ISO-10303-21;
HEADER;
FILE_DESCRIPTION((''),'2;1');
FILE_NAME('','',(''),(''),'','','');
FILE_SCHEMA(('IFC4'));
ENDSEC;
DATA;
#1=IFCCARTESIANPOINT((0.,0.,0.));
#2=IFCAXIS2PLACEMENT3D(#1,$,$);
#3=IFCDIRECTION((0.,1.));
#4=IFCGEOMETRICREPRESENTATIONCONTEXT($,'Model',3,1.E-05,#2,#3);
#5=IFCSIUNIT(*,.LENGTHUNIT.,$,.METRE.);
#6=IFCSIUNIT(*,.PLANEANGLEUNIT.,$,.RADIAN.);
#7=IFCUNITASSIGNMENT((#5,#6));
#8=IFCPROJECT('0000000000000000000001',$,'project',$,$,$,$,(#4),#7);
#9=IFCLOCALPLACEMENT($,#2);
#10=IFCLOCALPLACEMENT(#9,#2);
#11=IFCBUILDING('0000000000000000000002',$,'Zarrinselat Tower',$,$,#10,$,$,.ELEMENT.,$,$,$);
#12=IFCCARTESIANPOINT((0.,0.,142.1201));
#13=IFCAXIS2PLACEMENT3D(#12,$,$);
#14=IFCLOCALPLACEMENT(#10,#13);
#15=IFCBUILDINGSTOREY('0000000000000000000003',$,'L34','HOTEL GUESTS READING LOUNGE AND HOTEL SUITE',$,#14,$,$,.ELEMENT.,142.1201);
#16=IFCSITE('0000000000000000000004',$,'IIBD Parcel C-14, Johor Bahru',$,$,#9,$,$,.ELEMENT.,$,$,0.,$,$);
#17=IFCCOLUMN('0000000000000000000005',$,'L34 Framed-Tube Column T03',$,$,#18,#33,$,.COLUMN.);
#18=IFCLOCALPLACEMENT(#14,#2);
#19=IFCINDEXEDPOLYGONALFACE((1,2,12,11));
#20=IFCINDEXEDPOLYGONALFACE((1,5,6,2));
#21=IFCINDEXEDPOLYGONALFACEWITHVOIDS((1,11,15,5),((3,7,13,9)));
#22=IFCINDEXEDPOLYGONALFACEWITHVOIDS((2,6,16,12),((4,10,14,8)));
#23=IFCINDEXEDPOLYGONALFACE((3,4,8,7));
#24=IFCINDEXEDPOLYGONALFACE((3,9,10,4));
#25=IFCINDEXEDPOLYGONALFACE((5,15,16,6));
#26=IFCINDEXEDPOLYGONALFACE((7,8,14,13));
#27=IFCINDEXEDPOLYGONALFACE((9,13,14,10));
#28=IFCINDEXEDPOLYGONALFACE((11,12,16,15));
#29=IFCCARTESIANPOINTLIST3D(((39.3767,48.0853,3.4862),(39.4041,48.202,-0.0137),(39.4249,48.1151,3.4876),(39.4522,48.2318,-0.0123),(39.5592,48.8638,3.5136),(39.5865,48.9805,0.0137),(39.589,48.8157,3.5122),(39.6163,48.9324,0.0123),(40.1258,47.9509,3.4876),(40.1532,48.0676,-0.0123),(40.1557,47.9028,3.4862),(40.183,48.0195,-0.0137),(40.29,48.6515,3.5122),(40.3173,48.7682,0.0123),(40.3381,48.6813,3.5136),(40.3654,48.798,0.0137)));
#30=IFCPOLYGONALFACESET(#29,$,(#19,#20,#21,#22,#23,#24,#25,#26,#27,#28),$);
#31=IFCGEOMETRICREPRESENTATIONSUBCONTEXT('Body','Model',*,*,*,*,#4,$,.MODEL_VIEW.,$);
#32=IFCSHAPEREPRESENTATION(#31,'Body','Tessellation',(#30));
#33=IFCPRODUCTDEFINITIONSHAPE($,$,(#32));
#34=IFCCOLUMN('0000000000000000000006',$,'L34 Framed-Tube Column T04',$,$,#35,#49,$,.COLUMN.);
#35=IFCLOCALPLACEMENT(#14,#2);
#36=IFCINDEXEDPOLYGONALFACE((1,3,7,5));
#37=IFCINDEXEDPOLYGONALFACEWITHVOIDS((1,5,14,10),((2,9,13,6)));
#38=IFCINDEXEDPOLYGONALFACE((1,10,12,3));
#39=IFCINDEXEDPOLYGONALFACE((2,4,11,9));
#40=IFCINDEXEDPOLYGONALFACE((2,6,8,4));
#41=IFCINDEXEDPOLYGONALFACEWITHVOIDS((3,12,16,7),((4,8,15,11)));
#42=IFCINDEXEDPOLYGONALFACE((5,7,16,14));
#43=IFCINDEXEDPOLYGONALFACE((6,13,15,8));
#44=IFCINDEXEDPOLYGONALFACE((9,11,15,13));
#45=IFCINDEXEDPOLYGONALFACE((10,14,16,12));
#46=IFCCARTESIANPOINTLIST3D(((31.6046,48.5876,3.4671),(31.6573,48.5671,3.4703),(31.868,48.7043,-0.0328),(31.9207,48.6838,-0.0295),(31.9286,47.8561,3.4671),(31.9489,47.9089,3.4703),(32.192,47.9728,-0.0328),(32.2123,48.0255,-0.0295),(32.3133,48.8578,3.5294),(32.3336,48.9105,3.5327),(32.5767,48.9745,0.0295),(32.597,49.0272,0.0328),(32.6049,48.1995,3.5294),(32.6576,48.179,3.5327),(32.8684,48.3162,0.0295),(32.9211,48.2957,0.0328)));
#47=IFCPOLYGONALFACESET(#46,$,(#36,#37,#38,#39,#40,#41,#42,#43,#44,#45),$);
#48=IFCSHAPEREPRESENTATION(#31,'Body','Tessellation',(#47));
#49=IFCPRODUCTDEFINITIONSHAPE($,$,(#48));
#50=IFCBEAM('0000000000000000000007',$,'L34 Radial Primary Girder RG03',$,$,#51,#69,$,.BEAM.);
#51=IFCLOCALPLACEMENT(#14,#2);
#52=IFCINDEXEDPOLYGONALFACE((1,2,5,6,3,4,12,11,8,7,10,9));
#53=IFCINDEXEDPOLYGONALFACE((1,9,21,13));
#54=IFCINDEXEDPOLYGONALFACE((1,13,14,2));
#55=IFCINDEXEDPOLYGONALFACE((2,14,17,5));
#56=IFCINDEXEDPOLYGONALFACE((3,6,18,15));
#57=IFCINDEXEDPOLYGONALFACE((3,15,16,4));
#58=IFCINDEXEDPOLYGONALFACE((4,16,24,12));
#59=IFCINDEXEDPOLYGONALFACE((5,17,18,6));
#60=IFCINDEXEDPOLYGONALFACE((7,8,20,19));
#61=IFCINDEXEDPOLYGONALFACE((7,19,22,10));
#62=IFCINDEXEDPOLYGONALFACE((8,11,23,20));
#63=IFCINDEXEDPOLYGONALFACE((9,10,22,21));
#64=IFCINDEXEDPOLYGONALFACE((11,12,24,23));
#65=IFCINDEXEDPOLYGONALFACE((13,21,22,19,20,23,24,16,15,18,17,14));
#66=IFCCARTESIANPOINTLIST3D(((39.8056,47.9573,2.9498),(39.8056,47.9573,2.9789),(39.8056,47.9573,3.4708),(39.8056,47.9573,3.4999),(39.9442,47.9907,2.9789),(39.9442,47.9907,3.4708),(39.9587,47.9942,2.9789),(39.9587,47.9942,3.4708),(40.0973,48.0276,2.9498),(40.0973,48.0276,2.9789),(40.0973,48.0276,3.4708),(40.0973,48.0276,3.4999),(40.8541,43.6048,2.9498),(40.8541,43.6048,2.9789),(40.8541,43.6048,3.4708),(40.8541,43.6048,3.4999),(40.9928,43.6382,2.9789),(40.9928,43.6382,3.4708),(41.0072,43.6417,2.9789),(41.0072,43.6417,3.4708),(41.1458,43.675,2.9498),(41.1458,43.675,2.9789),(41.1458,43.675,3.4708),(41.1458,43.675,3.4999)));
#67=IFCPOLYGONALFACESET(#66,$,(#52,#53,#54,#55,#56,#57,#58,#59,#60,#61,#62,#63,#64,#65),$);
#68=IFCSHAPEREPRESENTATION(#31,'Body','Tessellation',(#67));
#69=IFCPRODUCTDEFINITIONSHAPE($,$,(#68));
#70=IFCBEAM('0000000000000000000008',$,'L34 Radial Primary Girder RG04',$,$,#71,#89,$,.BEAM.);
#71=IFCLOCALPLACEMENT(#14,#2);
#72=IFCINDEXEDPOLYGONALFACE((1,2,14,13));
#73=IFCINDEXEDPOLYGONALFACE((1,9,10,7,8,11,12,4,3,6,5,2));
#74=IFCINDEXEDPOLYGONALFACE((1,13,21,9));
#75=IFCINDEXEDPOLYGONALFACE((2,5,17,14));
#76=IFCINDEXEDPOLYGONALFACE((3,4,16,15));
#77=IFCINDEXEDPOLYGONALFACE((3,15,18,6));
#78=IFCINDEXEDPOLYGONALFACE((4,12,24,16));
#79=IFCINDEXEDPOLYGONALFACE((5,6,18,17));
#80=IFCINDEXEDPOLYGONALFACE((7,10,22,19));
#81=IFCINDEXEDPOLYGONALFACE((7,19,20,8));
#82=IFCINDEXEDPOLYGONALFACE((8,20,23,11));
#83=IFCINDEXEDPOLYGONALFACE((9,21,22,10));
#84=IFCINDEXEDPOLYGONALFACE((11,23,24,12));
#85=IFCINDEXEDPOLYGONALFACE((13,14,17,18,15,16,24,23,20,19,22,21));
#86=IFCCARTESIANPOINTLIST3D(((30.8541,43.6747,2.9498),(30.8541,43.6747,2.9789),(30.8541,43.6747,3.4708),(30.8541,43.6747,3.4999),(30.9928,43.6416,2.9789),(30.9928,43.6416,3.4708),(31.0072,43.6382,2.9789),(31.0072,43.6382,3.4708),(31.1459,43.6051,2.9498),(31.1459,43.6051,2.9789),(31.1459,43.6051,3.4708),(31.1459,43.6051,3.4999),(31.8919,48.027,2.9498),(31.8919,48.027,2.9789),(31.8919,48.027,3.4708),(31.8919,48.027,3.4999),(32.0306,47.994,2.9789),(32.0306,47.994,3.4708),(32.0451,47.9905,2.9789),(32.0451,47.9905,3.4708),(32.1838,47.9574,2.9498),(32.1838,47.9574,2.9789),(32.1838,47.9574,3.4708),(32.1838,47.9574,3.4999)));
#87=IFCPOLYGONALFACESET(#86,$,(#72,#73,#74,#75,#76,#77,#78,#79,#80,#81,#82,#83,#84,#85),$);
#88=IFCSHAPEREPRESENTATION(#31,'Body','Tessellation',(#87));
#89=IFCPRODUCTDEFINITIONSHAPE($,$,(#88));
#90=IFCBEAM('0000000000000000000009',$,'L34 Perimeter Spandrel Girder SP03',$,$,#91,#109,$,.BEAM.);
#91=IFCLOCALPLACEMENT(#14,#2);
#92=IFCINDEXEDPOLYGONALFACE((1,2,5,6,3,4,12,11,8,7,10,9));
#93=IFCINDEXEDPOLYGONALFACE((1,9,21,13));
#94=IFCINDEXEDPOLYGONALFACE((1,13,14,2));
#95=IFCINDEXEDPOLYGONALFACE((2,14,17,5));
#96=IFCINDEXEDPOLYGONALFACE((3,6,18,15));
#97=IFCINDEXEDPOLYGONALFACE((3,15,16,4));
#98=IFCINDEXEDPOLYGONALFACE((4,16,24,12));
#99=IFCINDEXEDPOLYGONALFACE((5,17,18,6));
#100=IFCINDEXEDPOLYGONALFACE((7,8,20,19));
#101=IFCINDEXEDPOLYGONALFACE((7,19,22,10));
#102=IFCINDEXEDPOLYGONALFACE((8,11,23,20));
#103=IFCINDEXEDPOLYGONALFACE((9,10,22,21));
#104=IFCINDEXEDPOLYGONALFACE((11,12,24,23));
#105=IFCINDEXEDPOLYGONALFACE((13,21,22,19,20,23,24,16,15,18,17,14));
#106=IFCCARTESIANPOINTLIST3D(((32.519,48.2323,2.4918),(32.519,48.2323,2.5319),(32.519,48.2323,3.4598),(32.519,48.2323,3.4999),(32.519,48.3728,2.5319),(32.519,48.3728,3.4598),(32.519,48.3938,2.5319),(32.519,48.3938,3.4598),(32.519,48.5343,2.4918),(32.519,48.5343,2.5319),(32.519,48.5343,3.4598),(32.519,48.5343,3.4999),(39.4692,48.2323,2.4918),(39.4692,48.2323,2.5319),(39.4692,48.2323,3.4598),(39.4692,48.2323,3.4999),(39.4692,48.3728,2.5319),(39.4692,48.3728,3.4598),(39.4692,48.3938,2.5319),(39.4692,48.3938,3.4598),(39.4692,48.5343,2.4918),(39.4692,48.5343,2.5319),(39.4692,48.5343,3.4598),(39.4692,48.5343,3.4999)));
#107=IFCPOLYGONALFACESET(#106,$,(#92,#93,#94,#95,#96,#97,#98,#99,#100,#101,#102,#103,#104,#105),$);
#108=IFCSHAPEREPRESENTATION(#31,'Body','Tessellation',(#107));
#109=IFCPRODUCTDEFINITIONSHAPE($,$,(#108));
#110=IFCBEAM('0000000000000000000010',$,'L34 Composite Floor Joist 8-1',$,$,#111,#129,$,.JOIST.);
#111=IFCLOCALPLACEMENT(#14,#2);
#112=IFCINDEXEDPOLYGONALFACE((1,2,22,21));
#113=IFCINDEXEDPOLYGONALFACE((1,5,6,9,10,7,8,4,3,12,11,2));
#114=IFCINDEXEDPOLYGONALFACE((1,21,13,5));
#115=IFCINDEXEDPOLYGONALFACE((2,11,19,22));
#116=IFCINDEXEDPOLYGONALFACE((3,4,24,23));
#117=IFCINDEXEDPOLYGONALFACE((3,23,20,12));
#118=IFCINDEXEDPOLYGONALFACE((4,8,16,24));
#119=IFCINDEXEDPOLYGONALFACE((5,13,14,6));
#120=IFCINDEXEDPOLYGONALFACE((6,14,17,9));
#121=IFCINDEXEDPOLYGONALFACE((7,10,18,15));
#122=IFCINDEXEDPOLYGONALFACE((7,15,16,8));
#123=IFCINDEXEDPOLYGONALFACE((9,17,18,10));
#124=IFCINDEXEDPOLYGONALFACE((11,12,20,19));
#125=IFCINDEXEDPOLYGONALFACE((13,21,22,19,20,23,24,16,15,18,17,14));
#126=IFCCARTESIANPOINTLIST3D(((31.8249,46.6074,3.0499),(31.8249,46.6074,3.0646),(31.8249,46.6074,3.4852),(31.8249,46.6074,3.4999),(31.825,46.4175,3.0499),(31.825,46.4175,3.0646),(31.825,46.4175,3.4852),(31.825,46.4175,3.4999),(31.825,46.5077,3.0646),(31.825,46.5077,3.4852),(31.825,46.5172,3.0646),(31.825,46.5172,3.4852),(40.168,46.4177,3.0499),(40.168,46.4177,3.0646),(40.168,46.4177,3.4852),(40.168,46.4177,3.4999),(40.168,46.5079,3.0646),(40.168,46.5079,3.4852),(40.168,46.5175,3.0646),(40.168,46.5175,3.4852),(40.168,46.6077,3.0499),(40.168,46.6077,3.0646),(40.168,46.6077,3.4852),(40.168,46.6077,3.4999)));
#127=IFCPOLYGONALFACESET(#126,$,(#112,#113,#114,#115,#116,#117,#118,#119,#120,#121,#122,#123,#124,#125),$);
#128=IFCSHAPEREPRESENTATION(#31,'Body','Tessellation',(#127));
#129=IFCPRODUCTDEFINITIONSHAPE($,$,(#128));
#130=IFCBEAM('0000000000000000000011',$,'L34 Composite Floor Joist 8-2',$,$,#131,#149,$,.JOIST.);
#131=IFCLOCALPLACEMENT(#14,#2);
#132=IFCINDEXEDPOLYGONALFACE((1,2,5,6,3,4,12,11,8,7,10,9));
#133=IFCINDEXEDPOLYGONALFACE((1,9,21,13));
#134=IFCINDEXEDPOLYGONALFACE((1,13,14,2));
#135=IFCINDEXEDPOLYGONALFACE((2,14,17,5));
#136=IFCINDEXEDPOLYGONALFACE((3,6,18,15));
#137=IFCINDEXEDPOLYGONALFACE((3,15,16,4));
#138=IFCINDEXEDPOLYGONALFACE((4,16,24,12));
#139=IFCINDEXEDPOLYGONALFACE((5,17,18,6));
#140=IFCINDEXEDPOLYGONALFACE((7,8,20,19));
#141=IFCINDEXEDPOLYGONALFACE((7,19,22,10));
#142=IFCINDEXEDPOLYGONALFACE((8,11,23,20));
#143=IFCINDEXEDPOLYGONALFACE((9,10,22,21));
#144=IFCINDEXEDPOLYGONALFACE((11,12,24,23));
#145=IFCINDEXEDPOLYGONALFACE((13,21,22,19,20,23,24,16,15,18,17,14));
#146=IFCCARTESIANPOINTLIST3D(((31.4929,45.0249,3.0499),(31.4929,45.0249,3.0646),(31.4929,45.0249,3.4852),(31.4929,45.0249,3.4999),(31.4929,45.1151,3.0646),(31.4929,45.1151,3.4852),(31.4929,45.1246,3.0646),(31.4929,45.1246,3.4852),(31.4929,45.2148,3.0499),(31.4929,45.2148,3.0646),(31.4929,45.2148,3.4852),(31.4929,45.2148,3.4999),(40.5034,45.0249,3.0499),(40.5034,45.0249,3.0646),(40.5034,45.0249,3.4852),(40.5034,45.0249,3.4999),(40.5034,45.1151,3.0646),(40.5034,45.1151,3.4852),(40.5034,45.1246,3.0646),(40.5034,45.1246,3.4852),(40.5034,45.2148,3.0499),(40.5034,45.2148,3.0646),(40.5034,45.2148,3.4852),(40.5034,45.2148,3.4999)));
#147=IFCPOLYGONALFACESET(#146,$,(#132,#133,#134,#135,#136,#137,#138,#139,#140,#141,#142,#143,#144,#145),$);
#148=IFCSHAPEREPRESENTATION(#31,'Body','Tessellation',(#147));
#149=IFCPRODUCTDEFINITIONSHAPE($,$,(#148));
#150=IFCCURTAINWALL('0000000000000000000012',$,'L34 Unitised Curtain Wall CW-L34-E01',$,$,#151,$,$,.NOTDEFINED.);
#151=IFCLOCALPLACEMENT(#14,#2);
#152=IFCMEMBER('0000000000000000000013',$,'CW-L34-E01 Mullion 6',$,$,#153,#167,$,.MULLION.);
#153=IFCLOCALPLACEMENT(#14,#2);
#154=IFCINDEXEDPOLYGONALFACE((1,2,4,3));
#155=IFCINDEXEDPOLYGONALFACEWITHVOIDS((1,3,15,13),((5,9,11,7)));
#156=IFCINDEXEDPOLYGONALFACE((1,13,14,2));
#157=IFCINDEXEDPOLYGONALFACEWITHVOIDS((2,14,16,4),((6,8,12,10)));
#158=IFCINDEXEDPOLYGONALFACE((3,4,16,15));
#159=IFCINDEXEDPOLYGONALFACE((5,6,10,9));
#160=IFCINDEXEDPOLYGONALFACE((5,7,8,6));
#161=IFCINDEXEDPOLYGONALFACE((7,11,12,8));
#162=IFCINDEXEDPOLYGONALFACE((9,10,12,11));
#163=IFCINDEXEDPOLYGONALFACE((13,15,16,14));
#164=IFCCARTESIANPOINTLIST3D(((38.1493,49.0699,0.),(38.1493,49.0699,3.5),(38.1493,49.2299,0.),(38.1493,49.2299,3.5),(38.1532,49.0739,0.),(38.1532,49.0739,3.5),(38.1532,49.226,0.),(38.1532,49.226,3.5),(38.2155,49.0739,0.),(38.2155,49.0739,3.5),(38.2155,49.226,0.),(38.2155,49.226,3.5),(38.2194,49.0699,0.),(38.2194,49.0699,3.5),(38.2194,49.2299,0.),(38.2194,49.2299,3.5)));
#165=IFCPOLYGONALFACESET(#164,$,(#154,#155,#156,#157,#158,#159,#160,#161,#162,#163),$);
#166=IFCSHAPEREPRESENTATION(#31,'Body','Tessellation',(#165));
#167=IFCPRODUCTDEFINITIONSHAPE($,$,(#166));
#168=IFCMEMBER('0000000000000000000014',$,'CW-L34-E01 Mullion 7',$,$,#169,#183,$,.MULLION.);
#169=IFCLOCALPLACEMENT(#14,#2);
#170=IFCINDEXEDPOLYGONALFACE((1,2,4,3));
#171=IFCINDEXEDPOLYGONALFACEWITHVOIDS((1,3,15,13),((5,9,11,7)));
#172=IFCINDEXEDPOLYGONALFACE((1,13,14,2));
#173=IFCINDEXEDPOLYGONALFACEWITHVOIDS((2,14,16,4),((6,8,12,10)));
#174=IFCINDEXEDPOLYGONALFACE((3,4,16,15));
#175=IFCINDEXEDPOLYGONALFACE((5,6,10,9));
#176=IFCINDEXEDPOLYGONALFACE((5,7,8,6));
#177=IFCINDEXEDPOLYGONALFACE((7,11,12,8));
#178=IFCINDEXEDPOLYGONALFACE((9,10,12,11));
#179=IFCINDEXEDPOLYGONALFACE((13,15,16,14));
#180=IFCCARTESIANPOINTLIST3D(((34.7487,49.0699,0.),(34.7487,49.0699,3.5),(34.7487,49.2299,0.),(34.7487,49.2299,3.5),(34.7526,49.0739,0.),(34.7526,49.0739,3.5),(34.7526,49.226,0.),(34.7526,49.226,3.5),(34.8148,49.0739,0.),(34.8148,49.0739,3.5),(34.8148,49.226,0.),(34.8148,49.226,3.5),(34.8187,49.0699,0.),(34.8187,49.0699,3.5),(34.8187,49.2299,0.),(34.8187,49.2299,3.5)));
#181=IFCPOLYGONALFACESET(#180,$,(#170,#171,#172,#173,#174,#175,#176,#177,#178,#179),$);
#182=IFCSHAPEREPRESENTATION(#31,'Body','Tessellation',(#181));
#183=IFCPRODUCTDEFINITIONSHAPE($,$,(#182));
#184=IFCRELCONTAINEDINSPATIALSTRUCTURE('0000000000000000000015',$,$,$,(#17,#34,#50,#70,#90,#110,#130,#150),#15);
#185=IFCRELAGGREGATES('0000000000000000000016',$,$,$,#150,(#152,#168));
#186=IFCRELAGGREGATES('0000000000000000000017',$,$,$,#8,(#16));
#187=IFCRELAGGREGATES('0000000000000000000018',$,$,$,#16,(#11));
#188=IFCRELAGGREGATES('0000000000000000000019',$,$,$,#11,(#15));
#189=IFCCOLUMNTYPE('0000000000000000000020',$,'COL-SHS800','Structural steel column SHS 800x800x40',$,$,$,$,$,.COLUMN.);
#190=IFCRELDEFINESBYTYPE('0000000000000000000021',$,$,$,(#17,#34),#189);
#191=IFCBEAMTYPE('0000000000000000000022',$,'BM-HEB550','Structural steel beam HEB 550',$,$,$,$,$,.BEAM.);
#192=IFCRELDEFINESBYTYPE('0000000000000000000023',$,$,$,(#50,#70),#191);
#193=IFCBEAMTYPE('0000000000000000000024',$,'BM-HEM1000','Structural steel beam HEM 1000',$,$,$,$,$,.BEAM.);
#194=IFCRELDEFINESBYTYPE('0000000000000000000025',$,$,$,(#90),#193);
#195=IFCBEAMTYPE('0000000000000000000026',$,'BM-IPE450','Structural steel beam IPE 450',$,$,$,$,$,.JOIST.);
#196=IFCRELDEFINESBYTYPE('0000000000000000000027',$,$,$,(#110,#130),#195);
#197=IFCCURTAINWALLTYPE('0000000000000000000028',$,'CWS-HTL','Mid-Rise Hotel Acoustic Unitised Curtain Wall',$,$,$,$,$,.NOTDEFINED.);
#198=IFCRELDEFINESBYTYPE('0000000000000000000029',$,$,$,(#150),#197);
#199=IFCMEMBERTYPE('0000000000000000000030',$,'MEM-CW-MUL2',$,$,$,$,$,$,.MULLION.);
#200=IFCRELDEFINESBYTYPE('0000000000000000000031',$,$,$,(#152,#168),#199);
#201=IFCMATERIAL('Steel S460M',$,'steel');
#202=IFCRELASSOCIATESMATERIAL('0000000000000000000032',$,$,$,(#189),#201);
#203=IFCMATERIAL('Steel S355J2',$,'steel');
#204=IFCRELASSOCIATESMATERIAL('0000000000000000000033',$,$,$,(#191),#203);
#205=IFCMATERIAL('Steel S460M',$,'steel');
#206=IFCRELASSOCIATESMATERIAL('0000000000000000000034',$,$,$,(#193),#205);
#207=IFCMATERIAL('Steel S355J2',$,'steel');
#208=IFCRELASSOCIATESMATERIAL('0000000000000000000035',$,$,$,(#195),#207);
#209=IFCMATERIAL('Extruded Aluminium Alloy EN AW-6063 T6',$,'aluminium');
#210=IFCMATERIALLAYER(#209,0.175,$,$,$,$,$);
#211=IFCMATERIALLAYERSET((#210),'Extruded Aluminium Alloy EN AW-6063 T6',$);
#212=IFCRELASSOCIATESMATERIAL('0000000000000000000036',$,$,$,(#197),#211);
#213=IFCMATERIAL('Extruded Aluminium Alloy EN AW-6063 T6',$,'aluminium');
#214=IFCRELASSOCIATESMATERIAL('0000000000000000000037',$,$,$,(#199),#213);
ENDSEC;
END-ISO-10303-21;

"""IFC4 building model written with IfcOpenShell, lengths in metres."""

from ifc_helpers import new_model, si_unit, direction, frame, origin, origin_2d, place, context, subcontext, project, spatial, hollow_rectangle, i_section, extrude, material, layer, layer_set, material_profile, profile_set, type_object, element, aggregate, save


model = new_model("IFC4")

# Units and contexts
model_context = context("Model", 3, precision=1e-05, world=origin(), true_north=direction((0.0, 1.0)))
body_context = subcontext(model_context, "Body", "Model", "MODEL_VIEW")
ifc_project = project(units=[si_unit("LENGTHUNIT", "METRE"), si_unit("PLANEANGLEUNIT", "RADIAN")], contexts=[model_context])

# Site, building, storey
site_placement = place(None, origin())
site = spatial("IfcSite", under=ifc_project, at=site_placement, Name="IIBD Parcel C-14, Johor Bahru", CompositionType="ELEMENT", RefElevation=0.0)
building_placement = place(site_placement, origin())
building = spatial("IfcBuilding", under=site, at=building_placement, Name="Zarrinselat Tower", CompositionType="ELEMENT")
storey_placement = place(building_placement, frame((0.0, 0.0, 142.1201)))
storey = spatial("IfcBuildingStorey", under=building, at=storey_placement, Name="L34", Description="HOTEL GUESTS READING LOUNGE AND HOTEL SUITE", CompositionType="ELEMENT", Elevation=142.1201)

# Columns
ifc_material_1 = material(Name="Steel S460M", Category="steel")
ifc_material_profile_1 = material_profile(ifc_material_1, hollow_rectangle(XDim=0.8, YDim=0.8, WallThickness=0.04, at=origin_2d()), Name="SHS 800x800x40")
ifc_profile_set_1 = profile_set([ifc_material_profile_1], Name="Steel S460M")
column_type = type_object("IfcColumnType", Name="COL-SHS800", Description="Structural steel column SHS 800x800x40", PredefinedType="COLUMN", material=ifc_profile_set_1)
column_1_placement = place(storey_placement, frame((39.8848, 48.5, 0.0), z_axis=(-0.007808, -0.033323, 0.999414), x_axis=(0.97363, -0.228131, 0.0)))
element("IfcColumn", 1, at=column_1_placement, inside=storey, type_object=column_type, Name="L34 Framed-Tube Column T03", PredefinedType="COLUMN", context=body_context, shape_type="SweptSolid", body=[
    extrude(hollow_rectangle(XDim=0.8, YDim=0.8, WallThickness=0.04, at=origin_2d()), origin(), (0.0, 0.0, 1.0), 3.502),
])
column_2_placement = place(storey_placement, frame((32.3945, 48.5, 0.0), z_axis=(-0.075011, -0.03323, 0.996629), x_axis=(0.405037, -0.9143, 0.0)))
element("IfcColumn", 2, at=column_2_placement, inside=storey, type_object=column_type, Name="L34 Framed-Tube Column T04", PredefinedType="COLUMN", context=body_context, shape_type="SweptSolid", body=[
    extrude(hollow_rectangle(XDim=0.8, YDim=0.8, WallThickness=0.04, at=origin_2d()), origin(), (0.0, 0.0, 1.0), 3.5117),
])

# Beams
ifc_material_2 = material(Name="Steel S355J2", Category="steel")
ifc_material_profile_2 = material_profile(ifc_material_2, i_section(OverallWidth=0.3, OverallDepth=0.55, WebThickness=0.0149, FlangeThickness=0.0291, at=origin_2d()), Name="HEB 550")
ifc_profile_set_2 = profile_set([ifc_material_profile_2], Name="Steel S355J2")
beam_type_1 = type_object("IfcBeamType", Name="BM-HEB550", Description="Structural steel beam HEB 550", PredefinedType="BEAM", material=ifc_profile_set_2)
beam_1_placement = place(storey_placement, frame((39.9514, 47.9924, 3.2249), z_axis=(0.234212, -0.972185, 0.0), x_axis=(0.972185, 0.234212, 0.0)))
element("IfcBeam", 3, at=beam_1_placement, inside=storey, type_object=beam_type_1, Name="L34 Radial Primary Girder RG03", PredefinedType="BEAM", context=body_context, shape_type="SweptSolid", body=[
    extrude(i_section(OverallWidth=0.3, OverallDepth=0.55, WebThickness=0.0149, FlangeThickness=0.0291, at=origin_2d()), origin(), (0.0, 0.0, 1.0), 4.4771),
])
beam_2_placement = place(storey_placement, frame((31.0, 43.6399, 3.2249), z_axis=(0.231955, 0.972727, 0.0), x_axis=(-0.972727, 0.231955, 0.0)))
element("IfcBeam", 4, at=beam_2_placement, inside=storey, type_object=beam_type_1, Name="L34 Radial Primary Girder RG04", PredefinedType="BEAM", context=body_context, shape_type="SweptSolid", body=[
    extrude(i_section(OverallWidth=0.3, OverallDepth=0.55, WebThickness=0.0149, FlangeThickness=0.0291, at=origin_2d()), origin(), (0.0, 0.0, 1.0), 4.4744),
])
ifc_material_3 = material(Name="Steel S460M", Category="steel")
ifc_material_profile_3 = material_profile(ifc_material_3, i_section(OverallWidth=0.302, OverallDepth=1.0081, WebThickness=0.021, FlangeThickness=0.04, at=origin_2d()), Name="HEM 1000")
ifc_profile_set_3 = profile_set([ifc_material_profile_3], Name="Steel S460M")
beam_type_2 = type_object("IfcBeamType", Name="BM-HEM1000", Description="Structural steel beam HEM 1000", PredefinedType="BEAM", material=ifc_profile_set_3)
beam_3_placement = place(storey_placement, frame((32.519, 48.3833, 2.9958), z_axis=(1.0, 0.0, 0.0), x_axis=(0.0, 1.0, 0.0)))
element("IfcBeam", 5, at=beam_3_placement, inside=storey, type_object=beam_type_2, Name="L34 Perimeter Spandrel Girder SP03", PredefinedType="BEAM", context=body_context, shape_type="SweptSolid", body=[
    extrude(i_section(OverallWidth=0.302, OverallDepth=1.0081, WebThickness=0.021, FlangeThickness=0.04, at=origin_2d()), origin(), (0.0, 0.0, 1.0), 6.9502),
])
ifc_material_4 = material(Name="Steel S355J2", Category="steel")
ifc_material_profile_4 = material_profile(ifc_material_4, i_section(OverallWidth=0.1899, OverallDepth=0.45, WebThickness=0.0095, FlangeThickness=0.0146, at=origin_2d()), Name="IPE 450")
ifc_profile_set_4 = profile_set([ifc_material_profile_4], Name="Steel S355J2")
beam_type_3 = type_object("IfcBeamType", Name="BM-IPE450", Description="Structural steel beam IPE 450", PredefinedType="JOIST", material=ifc_profile_set_4)
beam_4_placement = place(storey_placement, frame((31.825, 46.5125, 3.2749), z_axis=(1.0, 0.000029, 0.0), x_axis=(-0.000029, 1.0, 0.0)))
element("IfcBeam", 6, at=beam_4_placement, inside=storey, type_object=beam_type_3, Name="L34 Composite Floor Joist 8-1", PredefinedType="JOIST", context=body_context, shape_type="SweptSolid", body=[
    extrude(i_section(OverallWidth=0.1899, OverallDepth=0.45, WebThickness=0.0095, FlangeThickness=0.0146, at=origin_2d()), origin(), (0.0, 0.0, 1.0), 8.343),
])
beam_5_placement = place(storey_placement, frame((31.4929, 45.1199, 3.2749), z_axis=(1.0, 0.0, 0.0), x_axis=(0.0, 1.0, 0.0)))
element("IfcBeam", 7, at=beam_5_placement, inside=storey, type_object=beam_type_3, Name="L34 Composite Floor Joist 8-2", PredefinedType="JOIST", context=body_context, shape_type="SweptSolid", body=[
    extrude(i_section(OverallWidth=0.1899, OverallDepth=0.45, WebThickness=0.0095, FlangeThickness=0.0146, at=origin_2d()), origin(), (0.0, 0.0, 1.0), 9.0105),
])

# Curtain wall, members
ifc_material_5 = material(Name="Extruded Aluminium Alloy EN AW-6063 T6", Category="aluminium")
ifc_layer_1 = layer(ifc_material_5, 0.175)
ifc_layer_set_1 = layer_set([ifc_layer_1], Name="Extruded Aluminium Alloy EN AW-6063 T6")
curtain_wall_type = type_object("IfcCurtainWallType", Name="CWS-HTL", Description="Mid-Rise Hotel Acoustic Unitised Curtain Wall", PredefinedType="NOTDEFINED", material=ifc_layer_set_1)
curtain_wall_placement = place(storey_placement, origin())
curtain_wall = element("IfcCurtainWall", 8, at=curtain_wall_placement, inside=storey, type_object=curtain_wall_type, Name="L34 Unitised Curtain Wall CW-L34-E01", PredefinedType="NOTDEFINED")
ifc_material_6 = material(Name="Extruded Aluminium Alloy EN AW-6063 T6", Category="aluminium")
ifc_material_profile_5 = material_profile(ifc_material_6, hollow_rectangle(XDim=0.0701, YDim=0.1599, WallThickness=0.0039, at=origin_2d()), Name="RHS 160x70x4")
ifc_profile_set_5 = profile_set([ifc_material_profile_5], Name="Extruded Aluminium Alloy EN AW-6063 T6")
member_type_1 = type_object("IfcMemberType", Name="MEM-CW-MUL2", PredefinedType="MULLION", material=ifc_profile_set_5)
member_1_placement = place(storey_placement, frame((38.1843, 49.1499, 0.0), z_axis=(0.0, 0.0, 1.0), x_axis=(-1.0, 0.0, 0.0)))
member_1 = element("IfcMember", 9, at=member_1_placement, type_object=member_type_1, Name="CW-L34-E01 Mullion 6", PredefinedType="MULLION", context=body_context, shape_type="SweptSolid", body=[
    extrude(hollow_rectangle(XDim=0.0701, YDim=0.1599, WallThickness=0.0039, at=origin_2d()), origin(), (0.0, 0.0, 1.0), 3.5),
])
member_2_placement = place(storey_placement, frame((34.7837, 49.1499, 0.0), z_axis=(0.0, 0.0, 1.0), x_axis=(-1.0, 0.0, 0.0)))
member_2 = element("IfcMember", 10, at=member_2_placement, type_object=member_type_1, Name="CW-L34-E01 Mullion 7", PredefinedType="MULLION", context=body_context, shape_type="SweptSolid", body=[
    extrude(hollow_rectangle(XDim=0.0701, YDim=0.1599, WallThickness=0.0039, at=origin_2d()), origin(), (0.0, 0.0, 1.0), 3.5),
])
aggregate(curtain_wall, [member_1, member_2])

save(model, "model.ifc")
